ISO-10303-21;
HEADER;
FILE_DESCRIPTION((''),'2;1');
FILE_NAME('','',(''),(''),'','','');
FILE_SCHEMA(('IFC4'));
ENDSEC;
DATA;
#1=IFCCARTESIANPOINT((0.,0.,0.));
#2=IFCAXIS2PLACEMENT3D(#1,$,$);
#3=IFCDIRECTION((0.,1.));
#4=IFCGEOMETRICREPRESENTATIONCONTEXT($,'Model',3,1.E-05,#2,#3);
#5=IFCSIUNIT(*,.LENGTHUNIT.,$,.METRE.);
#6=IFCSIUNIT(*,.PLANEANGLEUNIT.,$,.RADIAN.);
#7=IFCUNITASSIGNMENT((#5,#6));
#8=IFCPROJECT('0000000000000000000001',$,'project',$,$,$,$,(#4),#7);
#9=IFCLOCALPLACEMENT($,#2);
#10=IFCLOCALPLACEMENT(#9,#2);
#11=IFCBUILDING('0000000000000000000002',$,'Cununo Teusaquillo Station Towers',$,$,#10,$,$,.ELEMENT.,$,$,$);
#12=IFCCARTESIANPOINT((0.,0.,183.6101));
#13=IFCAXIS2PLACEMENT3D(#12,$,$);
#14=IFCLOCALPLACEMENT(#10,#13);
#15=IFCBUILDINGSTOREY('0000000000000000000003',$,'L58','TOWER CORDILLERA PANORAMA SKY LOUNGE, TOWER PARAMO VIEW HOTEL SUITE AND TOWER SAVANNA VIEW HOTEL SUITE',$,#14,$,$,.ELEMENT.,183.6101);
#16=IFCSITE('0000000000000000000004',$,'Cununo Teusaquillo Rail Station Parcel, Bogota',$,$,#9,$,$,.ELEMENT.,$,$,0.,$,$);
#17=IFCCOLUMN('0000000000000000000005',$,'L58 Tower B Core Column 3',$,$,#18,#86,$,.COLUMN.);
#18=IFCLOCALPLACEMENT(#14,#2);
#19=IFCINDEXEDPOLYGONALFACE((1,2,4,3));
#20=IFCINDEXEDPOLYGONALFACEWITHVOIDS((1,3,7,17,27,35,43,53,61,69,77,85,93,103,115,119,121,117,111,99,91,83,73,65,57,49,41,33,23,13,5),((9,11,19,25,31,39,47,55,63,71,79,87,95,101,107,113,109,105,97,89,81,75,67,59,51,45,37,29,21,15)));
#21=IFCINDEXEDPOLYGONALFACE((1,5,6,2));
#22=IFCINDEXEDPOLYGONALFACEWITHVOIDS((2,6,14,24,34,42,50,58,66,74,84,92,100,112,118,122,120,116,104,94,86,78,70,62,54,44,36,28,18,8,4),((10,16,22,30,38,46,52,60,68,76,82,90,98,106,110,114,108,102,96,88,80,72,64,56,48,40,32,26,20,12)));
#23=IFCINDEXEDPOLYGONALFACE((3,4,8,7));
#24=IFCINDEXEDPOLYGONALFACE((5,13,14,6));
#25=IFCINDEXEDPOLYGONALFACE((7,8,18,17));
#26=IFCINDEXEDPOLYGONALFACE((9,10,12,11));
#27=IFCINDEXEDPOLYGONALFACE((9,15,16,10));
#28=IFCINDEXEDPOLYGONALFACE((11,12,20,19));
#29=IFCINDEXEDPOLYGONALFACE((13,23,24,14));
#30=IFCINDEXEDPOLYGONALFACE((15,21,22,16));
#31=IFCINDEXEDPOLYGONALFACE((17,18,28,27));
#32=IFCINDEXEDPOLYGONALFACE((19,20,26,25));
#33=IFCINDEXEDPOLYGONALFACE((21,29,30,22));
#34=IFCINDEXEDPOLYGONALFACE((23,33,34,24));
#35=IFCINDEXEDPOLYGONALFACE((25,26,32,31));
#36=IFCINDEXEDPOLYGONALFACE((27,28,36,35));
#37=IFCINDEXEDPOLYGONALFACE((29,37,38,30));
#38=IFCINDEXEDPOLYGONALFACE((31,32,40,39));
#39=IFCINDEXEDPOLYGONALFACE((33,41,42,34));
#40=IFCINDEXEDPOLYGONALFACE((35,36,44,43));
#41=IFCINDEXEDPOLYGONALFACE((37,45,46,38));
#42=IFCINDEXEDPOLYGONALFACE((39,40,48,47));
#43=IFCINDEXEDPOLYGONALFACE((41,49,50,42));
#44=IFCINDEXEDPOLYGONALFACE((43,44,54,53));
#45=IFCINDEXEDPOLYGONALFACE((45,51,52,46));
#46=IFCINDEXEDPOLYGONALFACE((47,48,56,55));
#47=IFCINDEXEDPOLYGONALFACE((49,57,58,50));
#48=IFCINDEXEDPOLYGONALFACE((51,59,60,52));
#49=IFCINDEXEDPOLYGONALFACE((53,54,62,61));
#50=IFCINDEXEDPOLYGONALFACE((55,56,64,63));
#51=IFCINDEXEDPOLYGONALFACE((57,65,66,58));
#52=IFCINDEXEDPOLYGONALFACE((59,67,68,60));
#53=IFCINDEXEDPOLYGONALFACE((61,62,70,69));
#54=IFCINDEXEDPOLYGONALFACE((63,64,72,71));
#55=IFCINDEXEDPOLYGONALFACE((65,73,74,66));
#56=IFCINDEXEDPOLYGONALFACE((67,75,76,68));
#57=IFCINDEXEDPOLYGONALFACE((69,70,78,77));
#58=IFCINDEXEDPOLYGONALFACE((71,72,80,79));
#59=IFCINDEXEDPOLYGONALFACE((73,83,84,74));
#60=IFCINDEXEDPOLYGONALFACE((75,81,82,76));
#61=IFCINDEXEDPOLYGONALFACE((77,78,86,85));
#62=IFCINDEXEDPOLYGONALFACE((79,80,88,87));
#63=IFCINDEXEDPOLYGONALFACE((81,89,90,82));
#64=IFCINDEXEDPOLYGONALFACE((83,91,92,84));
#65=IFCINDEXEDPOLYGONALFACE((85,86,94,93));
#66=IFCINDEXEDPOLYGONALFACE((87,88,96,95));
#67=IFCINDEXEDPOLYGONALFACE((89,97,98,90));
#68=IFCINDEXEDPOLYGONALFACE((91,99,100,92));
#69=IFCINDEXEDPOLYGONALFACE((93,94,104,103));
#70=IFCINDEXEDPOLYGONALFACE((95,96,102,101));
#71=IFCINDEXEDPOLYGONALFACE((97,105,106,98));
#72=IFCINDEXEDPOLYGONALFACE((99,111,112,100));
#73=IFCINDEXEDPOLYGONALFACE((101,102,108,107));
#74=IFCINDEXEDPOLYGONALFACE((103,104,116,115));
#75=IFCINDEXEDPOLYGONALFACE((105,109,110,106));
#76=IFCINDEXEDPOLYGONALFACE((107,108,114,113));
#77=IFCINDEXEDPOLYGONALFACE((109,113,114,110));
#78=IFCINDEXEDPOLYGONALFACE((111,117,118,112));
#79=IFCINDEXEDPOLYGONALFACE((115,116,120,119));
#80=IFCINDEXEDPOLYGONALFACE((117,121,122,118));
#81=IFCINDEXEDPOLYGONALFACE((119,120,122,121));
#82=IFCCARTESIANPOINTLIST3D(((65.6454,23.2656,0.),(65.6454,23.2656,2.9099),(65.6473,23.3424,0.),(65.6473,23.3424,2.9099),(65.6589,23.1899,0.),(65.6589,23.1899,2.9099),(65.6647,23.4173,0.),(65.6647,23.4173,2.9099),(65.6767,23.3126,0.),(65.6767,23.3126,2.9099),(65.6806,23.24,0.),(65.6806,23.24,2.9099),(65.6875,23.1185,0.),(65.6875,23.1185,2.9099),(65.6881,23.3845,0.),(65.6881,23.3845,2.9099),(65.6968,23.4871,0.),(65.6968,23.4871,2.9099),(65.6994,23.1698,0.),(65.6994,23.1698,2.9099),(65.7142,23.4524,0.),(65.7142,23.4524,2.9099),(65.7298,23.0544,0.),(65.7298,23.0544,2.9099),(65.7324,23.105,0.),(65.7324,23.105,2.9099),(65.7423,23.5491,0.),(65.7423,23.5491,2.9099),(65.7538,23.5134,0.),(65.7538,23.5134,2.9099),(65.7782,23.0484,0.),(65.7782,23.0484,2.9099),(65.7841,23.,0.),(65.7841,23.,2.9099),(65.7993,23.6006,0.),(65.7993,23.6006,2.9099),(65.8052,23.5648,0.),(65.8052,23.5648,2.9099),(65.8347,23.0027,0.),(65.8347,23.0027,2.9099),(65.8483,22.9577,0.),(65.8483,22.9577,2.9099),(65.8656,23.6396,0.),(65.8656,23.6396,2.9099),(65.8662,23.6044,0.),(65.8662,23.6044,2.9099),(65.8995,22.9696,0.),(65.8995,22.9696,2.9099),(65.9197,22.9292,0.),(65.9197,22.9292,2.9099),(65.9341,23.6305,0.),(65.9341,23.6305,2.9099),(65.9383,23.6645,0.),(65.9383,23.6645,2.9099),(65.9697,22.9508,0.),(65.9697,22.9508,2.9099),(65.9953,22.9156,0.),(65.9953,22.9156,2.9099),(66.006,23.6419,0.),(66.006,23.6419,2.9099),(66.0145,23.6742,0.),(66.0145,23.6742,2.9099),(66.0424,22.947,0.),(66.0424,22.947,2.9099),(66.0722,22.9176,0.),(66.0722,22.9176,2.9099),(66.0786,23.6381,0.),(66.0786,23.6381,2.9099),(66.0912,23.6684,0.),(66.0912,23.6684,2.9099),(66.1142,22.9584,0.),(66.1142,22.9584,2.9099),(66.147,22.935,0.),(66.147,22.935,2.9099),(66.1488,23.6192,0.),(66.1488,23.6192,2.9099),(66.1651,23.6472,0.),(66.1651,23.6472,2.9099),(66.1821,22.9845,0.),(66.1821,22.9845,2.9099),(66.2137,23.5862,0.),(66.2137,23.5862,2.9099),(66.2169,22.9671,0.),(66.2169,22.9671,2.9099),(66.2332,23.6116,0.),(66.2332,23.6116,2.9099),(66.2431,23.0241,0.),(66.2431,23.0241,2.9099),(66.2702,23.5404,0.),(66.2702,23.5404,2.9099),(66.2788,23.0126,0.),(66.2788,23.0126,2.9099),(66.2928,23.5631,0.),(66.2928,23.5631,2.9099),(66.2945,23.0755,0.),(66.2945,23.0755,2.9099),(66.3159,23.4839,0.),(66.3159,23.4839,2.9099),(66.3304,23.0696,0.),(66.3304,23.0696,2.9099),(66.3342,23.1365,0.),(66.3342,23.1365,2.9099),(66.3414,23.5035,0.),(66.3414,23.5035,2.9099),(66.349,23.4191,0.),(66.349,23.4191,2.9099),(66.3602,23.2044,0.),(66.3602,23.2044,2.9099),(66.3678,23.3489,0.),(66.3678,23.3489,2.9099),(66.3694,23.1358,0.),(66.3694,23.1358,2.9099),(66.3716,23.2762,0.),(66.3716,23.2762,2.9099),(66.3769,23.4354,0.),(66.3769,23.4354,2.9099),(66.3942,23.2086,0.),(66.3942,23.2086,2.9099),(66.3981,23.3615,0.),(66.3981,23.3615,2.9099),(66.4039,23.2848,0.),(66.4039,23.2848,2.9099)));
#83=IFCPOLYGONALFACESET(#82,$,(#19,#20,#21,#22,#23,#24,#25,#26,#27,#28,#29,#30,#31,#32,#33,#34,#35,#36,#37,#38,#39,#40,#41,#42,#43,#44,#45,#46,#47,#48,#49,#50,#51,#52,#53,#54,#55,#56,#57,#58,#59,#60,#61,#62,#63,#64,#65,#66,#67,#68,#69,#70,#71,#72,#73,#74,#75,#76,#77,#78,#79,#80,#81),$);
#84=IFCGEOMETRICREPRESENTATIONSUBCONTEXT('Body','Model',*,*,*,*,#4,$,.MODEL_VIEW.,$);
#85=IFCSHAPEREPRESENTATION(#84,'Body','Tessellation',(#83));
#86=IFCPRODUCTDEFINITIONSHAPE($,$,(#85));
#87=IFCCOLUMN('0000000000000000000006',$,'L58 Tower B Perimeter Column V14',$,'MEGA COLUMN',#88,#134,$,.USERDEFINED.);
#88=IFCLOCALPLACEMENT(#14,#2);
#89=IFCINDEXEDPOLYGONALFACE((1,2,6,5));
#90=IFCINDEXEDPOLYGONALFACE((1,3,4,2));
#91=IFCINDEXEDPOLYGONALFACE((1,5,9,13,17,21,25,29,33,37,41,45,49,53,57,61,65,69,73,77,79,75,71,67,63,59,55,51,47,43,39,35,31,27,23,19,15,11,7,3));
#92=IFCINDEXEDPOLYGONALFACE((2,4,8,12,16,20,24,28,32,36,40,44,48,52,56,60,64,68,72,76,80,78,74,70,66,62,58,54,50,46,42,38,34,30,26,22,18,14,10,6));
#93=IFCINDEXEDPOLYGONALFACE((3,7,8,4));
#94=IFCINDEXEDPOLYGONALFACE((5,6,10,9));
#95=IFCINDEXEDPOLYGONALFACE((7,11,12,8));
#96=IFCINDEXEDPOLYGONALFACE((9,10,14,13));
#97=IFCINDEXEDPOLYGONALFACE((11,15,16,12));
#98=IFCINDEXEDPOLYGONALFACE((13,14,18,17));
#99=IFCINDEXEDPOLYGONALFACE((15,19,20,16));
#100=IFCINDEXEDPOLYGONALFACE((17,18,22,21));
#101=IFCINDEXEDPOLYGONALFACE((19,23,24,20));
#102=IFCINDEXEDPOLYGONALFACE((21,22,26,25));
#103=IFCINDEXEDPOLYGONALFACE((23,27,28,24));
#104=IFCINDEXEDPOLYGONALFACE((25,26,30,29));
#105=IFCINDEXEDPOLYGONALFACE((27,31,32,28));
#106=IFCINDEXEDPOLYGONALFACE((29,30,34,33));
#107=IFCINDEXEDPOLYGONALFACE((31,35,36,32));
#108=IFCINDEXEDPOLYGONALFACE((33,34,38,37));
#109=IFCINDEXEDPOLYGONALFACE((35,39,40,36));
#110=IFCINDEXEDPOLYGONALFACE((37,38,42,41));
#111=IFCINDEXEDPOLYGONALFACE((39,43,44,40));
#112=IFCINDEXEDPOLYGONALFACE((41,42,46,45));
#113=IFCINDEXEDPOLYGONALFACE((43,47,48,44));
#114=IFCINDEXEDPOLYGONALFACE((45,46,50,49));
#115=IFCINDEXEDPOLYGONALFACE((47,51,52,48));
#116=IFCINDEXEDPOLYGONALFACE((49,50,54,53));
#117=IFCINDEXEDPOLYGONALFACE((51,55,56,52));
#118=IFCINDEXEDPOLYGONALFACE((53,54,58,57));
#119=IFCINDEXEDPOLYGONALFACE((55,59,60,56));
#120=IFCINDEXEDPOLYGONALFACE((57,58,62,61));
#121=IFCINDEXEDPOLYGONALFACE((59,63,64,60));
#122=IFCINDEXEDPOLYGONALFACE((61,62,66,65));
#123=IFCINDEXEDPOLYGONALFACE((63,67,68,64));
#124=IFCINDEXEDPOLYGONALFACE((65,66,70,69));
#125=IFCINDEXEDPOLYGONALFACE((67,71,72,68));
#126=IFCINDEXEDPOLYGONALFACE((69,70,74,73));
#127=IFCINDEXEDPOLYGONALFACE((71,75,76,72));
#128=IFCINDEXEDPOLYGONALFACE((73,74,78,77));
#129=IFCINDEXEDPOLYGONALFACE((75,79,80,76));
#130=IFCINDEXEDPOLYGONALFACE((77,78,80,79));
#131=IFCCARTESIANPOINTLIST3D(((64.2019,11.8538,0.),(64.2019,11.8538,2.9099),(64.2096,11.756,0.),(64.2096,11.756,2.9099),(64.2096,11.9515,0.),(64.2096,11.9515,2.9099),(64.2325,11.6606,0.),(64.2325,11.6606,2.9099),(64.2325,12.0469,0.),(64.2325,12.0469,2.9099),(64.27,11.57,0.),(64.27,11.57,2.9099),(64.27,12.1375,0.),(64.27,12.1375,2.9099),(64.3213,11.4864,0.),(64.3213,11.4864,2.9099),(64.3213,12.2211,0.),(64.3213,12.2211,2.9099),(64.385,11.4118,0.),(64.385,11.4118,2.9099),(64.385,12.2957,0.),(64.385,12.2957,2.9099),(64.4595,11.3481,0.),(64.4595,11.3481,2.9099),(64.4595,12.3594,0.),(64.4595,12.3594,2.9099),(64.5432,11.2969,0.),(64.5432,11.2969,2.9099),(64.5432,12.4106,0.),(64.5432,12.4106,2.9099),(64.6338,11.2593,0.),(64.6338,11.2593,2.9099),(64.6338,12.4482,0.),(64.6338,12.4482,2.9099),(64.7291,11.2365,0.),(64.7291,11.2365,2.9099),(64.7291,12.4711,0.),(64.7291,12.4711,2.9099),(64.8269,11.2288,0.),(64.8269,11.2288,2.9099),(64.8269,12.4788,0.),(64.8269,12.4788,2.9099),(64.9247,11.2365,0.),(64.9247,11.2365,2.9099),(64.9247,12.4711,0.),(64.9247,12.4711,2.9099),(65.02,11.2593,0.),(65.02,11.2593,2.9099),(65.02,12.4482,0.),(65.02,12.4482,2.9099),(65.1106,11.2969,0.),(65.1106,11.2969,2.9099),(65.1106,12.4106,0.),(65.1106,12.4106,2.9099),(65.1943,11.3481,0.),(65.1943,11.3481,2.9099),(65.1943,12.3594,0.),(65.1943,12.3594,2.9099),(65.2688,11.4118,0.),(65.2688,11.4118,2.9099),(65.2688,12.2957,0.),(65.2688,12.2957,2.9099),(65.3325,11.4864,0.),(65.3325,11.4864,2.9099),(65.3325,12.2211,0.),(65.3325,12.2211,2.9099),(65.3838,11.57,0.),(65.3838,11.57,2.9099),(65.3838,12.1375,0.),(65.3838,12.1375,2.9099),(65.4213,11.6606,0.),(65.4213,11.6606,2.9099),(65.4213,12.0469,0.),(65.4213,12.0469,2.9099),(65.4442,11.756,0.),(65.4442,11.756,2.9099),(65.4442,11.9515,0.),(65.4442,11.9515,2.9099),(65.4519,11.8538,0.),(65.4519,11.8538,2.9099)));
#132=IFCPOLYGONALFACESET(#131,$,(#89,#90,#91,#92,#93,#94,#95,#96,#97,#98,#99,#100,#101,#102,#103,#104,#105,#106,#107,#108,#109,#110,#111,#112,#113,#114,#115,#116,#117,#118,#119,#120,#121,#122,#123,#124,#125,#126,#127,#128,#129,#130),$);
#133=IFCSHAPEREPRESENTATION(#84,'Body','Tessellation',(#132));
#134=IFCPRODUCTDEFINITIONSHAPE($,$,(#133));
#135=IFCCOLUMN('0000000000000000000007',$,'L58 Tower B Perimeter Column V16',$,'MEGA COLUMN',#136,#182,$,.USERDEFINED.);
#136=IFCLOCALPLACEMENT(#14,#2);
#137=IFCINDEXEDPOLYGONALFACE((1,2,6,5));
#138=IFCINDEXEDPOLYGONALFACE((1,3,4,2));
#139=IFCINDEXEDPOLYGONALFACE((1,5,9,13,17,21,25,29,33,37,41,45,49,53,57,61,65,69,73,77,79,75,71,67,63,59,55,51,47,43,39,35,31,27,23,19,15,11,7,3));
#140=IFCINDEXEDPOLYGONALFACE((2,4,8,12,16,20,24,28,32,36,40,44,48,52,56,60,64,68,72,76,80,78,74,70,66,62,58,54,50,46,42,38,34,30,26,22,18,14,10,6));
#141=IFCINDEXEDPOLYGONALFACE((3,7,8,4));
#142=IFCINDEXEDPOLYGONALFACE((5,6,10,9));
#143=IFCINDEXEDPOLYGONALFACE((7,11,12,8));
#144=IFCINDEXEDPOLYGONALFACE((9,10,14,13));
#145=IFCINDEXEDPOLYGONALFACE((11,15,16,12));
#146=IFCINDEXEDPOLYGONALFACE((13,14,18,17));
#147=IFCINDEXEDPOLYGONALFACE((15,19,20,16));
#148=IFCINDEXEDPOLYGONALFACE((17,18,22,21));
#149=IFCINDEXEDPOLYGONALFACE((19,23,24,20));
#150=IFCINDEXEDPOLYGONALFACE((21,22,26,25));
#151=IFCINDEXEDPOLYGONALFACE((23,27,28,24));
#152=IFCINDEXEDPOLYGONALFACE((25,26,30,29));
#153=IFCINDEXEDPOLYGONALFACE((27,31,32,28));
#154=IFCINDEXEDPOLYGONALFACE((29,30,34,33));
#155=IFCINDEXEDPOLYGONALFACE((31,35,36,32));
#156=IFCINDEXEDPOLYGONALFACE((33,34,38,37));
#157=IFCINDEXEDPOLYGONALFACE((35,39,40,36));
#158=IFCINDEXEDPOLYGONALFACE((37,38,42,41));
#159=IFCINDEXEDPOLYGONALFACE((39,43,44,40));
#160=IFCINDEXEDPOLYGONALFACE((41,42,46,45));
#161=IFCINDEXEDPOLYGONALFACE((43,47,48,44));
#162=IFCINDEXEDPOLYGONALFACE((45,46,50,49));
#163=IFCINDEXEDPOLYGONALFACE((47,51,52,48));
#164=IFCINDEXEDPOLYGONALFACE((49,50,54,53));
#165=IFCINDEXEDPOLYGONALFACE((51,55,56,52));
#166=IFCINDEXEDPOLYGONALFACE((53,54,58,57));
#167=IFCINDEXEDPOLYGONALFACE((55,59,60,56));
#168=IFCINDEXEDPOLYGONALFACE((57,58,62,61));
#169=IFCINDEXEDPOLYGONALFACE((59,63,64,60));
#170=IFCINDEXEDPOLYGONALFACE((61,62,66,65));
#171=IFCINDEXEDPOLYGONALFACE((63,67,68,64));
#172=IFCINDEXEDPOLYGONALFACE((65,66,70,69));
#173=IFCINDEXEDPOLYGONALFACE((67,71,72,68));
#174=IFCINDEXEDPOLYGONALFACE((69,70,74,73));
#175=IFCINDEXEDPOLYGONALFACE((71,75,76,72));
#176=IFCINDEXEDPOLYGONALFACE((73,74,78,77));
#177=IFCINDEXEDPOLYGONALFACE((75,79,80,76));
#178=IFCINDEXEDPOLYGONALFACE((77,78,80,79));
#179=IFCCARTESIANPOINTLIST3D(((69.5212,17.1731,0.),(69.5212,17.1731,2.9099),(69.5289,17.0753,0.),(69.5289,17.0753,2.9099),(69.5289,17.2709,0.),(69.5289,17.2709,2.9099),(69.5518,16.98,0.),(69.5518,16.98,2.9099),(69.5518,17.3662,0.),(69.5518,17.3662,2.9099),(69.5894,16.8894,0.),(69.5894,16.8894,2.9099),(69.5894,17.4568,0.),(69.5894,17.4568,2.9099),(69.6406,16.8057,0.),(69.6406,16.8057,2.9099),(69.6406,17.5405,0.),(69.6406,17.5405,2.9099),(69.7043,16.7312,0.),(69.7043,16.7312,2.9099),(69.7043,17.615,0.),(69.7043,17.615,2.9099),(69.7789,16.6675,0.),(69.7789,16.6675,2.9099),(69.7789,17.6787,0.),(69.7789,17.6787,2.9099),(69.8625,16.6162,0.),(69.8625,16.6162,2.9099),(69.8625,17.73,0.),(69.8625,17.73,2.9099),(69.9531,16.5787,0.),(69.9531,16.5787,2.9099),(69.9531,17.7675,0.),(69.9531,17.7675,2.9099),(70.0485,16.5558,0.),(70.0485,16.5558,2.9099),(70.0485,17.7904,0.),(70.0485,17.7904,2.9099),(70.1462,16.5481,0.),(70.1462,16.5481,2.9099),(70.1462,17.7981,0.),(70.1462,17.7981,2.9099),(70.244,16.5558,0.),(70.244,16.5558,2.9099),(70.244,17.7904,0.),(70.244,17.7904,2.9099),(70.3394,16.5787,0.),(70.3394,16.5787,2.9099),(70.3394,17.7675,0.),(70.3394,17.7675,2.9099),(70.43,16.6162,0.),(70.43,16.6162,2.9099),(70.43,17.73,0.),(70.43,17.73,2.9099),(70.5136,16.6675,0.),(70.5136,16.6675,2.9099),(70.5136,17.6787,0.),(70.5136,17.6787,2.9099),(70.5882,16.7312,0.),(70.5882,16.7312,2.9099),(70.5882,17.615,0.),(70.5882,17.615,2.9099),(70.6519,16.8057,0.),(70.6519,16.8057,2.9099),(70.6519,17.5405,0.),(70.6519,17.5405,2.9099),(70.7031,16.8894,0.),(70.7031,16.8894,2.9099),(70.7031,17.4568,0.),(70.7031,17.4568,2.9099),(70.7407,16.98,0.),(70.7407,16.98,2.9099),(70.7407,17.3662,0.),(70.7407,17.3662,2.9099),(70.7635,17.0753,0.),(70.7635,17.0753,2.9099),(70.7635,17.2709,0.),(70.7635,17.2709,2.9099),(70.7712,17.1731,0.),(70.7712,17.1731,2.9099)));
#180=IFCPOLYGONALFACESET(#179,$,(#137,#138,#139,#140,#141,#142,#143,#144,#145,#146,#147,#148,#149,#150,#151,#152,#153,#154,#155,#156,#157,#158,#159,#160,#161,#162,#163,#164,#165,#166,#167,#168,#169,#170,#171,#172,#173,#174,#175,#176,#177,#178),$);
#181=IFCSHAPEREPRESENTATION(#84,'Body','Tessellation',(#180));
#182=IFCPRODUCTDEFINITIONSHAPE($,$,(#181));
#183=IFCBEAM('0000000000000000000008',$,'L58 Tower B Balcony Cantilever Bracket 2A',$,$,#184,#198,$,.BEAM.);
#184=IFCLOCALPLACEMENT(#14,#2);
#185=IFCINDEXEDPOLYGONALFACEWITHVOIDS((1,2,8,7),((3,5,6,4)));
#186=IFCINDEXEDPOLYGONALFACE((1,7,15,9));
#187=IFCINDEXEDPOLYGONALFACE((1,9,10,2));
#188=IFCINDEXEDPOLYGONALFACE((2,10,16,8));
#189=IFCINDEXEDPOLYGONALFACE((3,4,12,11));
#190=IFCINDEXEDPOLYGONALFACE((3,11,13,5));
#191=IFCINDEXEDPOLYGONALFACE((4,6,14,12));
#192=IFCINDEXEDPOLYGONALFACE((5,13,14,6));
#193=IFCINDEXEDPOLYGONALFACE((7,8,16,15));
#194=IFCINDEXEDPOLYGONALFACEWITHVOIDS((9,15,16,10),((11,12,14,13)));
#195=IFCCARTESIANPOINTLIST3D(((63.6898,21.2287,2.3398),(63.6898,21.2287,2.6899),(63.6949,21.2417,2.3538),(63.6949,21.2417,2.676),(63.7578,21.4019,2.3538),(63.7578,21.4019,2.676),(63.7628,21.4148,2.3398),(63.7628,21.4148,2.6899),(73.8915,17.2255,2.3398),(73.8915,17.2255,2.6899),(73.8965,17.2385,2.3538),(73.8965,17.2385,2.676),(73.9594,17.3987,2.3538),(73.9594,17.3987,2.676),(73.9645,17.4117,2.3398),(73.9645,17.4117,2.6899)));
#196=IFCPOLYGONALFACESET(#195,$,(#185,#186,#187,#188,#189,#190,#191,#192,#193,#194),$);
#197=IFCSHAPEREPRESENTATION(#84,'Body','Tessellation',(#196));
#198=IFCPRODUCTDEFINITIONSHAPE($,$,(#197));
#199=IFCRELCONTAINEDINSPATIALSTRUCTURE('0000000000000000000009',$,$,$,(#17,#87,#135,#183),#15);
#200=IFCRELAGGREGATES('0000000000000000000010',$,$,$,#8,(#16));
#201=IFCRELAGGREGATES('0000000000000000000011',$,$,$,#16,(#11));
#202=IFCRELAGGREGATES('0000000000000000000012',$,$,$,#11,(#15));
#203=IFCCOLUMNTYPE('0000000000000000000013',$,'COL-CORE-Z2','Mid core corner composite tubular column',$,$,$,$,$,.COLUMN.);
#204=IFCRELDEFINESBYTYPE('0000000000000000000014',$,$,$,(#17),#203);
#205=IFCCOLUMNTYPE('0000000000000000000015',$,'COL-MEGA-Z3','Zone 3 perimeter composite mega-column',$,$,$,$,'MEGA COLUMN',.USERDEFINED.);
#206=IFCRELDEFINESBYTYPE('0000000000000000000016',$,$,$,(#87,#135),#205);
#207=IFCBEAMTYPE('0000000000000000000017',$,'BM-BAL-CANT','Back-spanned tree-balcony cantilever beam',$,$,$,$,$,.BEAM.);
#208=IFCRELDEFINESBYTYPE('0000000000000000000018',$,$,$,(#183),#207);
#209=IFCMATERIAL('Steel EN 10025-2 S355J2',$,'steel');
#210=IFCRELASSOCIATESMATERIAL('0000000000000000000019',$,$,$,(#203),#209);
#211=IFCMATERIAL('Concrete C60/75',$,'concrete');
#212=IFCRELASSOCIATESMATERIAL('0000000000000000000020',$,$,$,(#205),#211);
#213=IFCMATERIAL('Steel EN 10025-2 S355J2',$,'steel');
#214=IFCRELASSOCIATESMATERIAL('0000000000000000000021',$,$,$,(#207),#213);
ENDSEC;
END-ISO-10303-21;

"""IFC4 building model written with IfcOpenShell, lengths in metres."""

from ifc_helpers import new_model, si_unit, direction, frame, origin, origin_2d, place, context, subcontext, project, spatial, hollow_rectangle, circle, hollow_circle, extrude, material, material_profile, profile_set, type_object, element, save


model = new_model("IFC4")

# Units and contexts
model_context = context("Model", 3, precision=1e-05, world=origin(), true_north=direction((0.0, 1.0)))
body_context = subcontext(model_context, "Body", "Model", "MODEL_VIEW")
ifc_project = project(units=[si_unit("LENGTHUNIT", "METRE"), si_unit("PLANEANGLEUNIT", "RADIAN")], contexts=[model_context])

# Site, building, storey
site_placement = place(None, origin())
site = spatial("IfcSite", under=ifc_project, at=site_placement, Name="Cununo Teusaquillo Rail Station Parcel, Bogota", CompositionType="ELEMENT", RefElevation=0.0)
building_placement = place(site_placement, origin())
building = spatial("IfcBuilding", under=site, at=building_placement, Name="Cununo Teusaquillo Station Towers", CompositionType="ELEMENT")
storey_placement = place(building_placement, frame((0.0, 0.0, 183.6101)))
storey = spatial("IfcBuildingStorey", under=building, at=storey_placement, Name="L58", Description="TOWER CORDILLERA PANORAMA SKY LOUNGE, TOWER PARAMO VIEW HOTEL SUITE AND TOWER SAVANNA VIEW HOTEL SUITE", CompositionType="ELEMENT", Elevation=183.6101)

# Columns
ifc_material_1 = material(Name="Steel EN 10025-2 S355J2", Category="steel")
ifc_material_profile_1 = material_profile(ifc_material_1, hollow_circle(Radius=0.3799, WallThickness=0.032, at=origin_2d()), Name="CHS 760x32")
ifc_profile_set_1 = profile_set([ifc_material_profile_1], Name="Steel EN 10025-2 S355J2")
column_type_1 = type_object("IfcColumnType", Name="COL-CORE-Z2", Description="Mid core corner composite tubular column", PredefinedType="COLUMN", material=ifc_profile_set_1)
column_placement = place(storey_placement, frame((66.0242, 23.2944, 0.0), z_axis=(0.0, 0.0, 1.0), x_axis=(0.707107, 0.707107, 0.0)))
element("IfcColumn", 1, at=column_placement, inside=storey, type_object=column_type_1, Name="L58 Tower B Core Column 3", PredefinedType="COLUMN", context=body_context, shape_type="SweptSolid", body=[
    extrude(hollow_circle(Radius=0.3799, WallThickness=0.032, at=origin_2d()), origin(), (0.0, 0.0, 1.0), 2.9099),
])
ifc_material_2 = material(Name="Concrete C60/75", Category="concrete")
ifc_material_profile_2 = material_profile(ifc_material_2, circle(Radius=0.625, at=origin_2d()), Name="RC-CIRC-1250")
ifc_profile_set_2 = profile_set([ifc_material_profile_2], Name="Concrete C60/75")
column_type_2 = type_object("IfcColumnType", Name="COL-MEGA-Z3", Description="Zone 3 perimeter composite mega-column", ElementType="MEGA COLUMN", PredefinedType="USERDEFINED", material=ifc_profile_set_2)
for number, where, z_axis, x_axis, name in (
    (2, (64.8269, 11.8538, 0.0), (0.0, 0.0, 1.0), (1.0, 0.0, 0.0), "L58 Tower B Perimeter Column V14"),
    (3, (70.1462, 17.1731, 0.0), (0.0, 0.0, 1.0), (1.0, 0.0, 0.0), "L58 Tower B Perimeter Column V16"),
):
    element("IfcColumn", number, at=place(storey_placement, frame(where, z_axis=z_axis, x_axis=x_axis)), inside=storey, type_object=column_type_2, Name=name, ObjectType="MEGA COLUMN", PredefinedType="USERDEFINED", context=body_context, shape_type="SweptSolid", body=[
        extrude(circle(Radius=0.625, at=origin_2d()), origin(), (0.0, 0.0, 1.0), 2.9099),
    ])

# Beam
ifc_material_3 = material(Name="Steel EN 10025-2 S355J2", Category="steel")
ifc_material_profile_3 = material_profile(ifc_material_3, hollow_rectangle(XDim=0.2, YDim=0.3501, WallThickness=0.0139, at=origin_2d()), Name="RHS 350x200x14")
ifc_profile_set_3 = profile_set([ifc_material_profile_3], Name="Steel EN 10025-2 S355J2")
beam_type_1 = type_object("IfcBeamType", Name="BM-BAL-CANT", Description="Back-spanned tree-balcony cantilever beam", PredefinedType="BEAM", material=ifc_profile_set_3)
beam_1_placement = place(storey_placement, frame((63.7263, 21.3218, 2.5149), z_axis=(0.930895, -0.365287, 0.0), x_axis=(0.365287, 0.930895, 0.0)))
element("IfcBeam", 4, at=beam_1_placement, inside=storey, type_object=beam_type_1, Name="L58 Tower B Balcony Cantilever Bracket 2A", PredefinedType="BEAM", context=body_context, shape_type="SweptSolid", body=[
    extrude(hollow_rectangle(XDim=0.2, YDim=0.3501, WallThickness=0.0139, at=origin_2d()), origin(), (0.0, 0.0, 1.0), 10.959),
])

save(model, "model.ifc")
